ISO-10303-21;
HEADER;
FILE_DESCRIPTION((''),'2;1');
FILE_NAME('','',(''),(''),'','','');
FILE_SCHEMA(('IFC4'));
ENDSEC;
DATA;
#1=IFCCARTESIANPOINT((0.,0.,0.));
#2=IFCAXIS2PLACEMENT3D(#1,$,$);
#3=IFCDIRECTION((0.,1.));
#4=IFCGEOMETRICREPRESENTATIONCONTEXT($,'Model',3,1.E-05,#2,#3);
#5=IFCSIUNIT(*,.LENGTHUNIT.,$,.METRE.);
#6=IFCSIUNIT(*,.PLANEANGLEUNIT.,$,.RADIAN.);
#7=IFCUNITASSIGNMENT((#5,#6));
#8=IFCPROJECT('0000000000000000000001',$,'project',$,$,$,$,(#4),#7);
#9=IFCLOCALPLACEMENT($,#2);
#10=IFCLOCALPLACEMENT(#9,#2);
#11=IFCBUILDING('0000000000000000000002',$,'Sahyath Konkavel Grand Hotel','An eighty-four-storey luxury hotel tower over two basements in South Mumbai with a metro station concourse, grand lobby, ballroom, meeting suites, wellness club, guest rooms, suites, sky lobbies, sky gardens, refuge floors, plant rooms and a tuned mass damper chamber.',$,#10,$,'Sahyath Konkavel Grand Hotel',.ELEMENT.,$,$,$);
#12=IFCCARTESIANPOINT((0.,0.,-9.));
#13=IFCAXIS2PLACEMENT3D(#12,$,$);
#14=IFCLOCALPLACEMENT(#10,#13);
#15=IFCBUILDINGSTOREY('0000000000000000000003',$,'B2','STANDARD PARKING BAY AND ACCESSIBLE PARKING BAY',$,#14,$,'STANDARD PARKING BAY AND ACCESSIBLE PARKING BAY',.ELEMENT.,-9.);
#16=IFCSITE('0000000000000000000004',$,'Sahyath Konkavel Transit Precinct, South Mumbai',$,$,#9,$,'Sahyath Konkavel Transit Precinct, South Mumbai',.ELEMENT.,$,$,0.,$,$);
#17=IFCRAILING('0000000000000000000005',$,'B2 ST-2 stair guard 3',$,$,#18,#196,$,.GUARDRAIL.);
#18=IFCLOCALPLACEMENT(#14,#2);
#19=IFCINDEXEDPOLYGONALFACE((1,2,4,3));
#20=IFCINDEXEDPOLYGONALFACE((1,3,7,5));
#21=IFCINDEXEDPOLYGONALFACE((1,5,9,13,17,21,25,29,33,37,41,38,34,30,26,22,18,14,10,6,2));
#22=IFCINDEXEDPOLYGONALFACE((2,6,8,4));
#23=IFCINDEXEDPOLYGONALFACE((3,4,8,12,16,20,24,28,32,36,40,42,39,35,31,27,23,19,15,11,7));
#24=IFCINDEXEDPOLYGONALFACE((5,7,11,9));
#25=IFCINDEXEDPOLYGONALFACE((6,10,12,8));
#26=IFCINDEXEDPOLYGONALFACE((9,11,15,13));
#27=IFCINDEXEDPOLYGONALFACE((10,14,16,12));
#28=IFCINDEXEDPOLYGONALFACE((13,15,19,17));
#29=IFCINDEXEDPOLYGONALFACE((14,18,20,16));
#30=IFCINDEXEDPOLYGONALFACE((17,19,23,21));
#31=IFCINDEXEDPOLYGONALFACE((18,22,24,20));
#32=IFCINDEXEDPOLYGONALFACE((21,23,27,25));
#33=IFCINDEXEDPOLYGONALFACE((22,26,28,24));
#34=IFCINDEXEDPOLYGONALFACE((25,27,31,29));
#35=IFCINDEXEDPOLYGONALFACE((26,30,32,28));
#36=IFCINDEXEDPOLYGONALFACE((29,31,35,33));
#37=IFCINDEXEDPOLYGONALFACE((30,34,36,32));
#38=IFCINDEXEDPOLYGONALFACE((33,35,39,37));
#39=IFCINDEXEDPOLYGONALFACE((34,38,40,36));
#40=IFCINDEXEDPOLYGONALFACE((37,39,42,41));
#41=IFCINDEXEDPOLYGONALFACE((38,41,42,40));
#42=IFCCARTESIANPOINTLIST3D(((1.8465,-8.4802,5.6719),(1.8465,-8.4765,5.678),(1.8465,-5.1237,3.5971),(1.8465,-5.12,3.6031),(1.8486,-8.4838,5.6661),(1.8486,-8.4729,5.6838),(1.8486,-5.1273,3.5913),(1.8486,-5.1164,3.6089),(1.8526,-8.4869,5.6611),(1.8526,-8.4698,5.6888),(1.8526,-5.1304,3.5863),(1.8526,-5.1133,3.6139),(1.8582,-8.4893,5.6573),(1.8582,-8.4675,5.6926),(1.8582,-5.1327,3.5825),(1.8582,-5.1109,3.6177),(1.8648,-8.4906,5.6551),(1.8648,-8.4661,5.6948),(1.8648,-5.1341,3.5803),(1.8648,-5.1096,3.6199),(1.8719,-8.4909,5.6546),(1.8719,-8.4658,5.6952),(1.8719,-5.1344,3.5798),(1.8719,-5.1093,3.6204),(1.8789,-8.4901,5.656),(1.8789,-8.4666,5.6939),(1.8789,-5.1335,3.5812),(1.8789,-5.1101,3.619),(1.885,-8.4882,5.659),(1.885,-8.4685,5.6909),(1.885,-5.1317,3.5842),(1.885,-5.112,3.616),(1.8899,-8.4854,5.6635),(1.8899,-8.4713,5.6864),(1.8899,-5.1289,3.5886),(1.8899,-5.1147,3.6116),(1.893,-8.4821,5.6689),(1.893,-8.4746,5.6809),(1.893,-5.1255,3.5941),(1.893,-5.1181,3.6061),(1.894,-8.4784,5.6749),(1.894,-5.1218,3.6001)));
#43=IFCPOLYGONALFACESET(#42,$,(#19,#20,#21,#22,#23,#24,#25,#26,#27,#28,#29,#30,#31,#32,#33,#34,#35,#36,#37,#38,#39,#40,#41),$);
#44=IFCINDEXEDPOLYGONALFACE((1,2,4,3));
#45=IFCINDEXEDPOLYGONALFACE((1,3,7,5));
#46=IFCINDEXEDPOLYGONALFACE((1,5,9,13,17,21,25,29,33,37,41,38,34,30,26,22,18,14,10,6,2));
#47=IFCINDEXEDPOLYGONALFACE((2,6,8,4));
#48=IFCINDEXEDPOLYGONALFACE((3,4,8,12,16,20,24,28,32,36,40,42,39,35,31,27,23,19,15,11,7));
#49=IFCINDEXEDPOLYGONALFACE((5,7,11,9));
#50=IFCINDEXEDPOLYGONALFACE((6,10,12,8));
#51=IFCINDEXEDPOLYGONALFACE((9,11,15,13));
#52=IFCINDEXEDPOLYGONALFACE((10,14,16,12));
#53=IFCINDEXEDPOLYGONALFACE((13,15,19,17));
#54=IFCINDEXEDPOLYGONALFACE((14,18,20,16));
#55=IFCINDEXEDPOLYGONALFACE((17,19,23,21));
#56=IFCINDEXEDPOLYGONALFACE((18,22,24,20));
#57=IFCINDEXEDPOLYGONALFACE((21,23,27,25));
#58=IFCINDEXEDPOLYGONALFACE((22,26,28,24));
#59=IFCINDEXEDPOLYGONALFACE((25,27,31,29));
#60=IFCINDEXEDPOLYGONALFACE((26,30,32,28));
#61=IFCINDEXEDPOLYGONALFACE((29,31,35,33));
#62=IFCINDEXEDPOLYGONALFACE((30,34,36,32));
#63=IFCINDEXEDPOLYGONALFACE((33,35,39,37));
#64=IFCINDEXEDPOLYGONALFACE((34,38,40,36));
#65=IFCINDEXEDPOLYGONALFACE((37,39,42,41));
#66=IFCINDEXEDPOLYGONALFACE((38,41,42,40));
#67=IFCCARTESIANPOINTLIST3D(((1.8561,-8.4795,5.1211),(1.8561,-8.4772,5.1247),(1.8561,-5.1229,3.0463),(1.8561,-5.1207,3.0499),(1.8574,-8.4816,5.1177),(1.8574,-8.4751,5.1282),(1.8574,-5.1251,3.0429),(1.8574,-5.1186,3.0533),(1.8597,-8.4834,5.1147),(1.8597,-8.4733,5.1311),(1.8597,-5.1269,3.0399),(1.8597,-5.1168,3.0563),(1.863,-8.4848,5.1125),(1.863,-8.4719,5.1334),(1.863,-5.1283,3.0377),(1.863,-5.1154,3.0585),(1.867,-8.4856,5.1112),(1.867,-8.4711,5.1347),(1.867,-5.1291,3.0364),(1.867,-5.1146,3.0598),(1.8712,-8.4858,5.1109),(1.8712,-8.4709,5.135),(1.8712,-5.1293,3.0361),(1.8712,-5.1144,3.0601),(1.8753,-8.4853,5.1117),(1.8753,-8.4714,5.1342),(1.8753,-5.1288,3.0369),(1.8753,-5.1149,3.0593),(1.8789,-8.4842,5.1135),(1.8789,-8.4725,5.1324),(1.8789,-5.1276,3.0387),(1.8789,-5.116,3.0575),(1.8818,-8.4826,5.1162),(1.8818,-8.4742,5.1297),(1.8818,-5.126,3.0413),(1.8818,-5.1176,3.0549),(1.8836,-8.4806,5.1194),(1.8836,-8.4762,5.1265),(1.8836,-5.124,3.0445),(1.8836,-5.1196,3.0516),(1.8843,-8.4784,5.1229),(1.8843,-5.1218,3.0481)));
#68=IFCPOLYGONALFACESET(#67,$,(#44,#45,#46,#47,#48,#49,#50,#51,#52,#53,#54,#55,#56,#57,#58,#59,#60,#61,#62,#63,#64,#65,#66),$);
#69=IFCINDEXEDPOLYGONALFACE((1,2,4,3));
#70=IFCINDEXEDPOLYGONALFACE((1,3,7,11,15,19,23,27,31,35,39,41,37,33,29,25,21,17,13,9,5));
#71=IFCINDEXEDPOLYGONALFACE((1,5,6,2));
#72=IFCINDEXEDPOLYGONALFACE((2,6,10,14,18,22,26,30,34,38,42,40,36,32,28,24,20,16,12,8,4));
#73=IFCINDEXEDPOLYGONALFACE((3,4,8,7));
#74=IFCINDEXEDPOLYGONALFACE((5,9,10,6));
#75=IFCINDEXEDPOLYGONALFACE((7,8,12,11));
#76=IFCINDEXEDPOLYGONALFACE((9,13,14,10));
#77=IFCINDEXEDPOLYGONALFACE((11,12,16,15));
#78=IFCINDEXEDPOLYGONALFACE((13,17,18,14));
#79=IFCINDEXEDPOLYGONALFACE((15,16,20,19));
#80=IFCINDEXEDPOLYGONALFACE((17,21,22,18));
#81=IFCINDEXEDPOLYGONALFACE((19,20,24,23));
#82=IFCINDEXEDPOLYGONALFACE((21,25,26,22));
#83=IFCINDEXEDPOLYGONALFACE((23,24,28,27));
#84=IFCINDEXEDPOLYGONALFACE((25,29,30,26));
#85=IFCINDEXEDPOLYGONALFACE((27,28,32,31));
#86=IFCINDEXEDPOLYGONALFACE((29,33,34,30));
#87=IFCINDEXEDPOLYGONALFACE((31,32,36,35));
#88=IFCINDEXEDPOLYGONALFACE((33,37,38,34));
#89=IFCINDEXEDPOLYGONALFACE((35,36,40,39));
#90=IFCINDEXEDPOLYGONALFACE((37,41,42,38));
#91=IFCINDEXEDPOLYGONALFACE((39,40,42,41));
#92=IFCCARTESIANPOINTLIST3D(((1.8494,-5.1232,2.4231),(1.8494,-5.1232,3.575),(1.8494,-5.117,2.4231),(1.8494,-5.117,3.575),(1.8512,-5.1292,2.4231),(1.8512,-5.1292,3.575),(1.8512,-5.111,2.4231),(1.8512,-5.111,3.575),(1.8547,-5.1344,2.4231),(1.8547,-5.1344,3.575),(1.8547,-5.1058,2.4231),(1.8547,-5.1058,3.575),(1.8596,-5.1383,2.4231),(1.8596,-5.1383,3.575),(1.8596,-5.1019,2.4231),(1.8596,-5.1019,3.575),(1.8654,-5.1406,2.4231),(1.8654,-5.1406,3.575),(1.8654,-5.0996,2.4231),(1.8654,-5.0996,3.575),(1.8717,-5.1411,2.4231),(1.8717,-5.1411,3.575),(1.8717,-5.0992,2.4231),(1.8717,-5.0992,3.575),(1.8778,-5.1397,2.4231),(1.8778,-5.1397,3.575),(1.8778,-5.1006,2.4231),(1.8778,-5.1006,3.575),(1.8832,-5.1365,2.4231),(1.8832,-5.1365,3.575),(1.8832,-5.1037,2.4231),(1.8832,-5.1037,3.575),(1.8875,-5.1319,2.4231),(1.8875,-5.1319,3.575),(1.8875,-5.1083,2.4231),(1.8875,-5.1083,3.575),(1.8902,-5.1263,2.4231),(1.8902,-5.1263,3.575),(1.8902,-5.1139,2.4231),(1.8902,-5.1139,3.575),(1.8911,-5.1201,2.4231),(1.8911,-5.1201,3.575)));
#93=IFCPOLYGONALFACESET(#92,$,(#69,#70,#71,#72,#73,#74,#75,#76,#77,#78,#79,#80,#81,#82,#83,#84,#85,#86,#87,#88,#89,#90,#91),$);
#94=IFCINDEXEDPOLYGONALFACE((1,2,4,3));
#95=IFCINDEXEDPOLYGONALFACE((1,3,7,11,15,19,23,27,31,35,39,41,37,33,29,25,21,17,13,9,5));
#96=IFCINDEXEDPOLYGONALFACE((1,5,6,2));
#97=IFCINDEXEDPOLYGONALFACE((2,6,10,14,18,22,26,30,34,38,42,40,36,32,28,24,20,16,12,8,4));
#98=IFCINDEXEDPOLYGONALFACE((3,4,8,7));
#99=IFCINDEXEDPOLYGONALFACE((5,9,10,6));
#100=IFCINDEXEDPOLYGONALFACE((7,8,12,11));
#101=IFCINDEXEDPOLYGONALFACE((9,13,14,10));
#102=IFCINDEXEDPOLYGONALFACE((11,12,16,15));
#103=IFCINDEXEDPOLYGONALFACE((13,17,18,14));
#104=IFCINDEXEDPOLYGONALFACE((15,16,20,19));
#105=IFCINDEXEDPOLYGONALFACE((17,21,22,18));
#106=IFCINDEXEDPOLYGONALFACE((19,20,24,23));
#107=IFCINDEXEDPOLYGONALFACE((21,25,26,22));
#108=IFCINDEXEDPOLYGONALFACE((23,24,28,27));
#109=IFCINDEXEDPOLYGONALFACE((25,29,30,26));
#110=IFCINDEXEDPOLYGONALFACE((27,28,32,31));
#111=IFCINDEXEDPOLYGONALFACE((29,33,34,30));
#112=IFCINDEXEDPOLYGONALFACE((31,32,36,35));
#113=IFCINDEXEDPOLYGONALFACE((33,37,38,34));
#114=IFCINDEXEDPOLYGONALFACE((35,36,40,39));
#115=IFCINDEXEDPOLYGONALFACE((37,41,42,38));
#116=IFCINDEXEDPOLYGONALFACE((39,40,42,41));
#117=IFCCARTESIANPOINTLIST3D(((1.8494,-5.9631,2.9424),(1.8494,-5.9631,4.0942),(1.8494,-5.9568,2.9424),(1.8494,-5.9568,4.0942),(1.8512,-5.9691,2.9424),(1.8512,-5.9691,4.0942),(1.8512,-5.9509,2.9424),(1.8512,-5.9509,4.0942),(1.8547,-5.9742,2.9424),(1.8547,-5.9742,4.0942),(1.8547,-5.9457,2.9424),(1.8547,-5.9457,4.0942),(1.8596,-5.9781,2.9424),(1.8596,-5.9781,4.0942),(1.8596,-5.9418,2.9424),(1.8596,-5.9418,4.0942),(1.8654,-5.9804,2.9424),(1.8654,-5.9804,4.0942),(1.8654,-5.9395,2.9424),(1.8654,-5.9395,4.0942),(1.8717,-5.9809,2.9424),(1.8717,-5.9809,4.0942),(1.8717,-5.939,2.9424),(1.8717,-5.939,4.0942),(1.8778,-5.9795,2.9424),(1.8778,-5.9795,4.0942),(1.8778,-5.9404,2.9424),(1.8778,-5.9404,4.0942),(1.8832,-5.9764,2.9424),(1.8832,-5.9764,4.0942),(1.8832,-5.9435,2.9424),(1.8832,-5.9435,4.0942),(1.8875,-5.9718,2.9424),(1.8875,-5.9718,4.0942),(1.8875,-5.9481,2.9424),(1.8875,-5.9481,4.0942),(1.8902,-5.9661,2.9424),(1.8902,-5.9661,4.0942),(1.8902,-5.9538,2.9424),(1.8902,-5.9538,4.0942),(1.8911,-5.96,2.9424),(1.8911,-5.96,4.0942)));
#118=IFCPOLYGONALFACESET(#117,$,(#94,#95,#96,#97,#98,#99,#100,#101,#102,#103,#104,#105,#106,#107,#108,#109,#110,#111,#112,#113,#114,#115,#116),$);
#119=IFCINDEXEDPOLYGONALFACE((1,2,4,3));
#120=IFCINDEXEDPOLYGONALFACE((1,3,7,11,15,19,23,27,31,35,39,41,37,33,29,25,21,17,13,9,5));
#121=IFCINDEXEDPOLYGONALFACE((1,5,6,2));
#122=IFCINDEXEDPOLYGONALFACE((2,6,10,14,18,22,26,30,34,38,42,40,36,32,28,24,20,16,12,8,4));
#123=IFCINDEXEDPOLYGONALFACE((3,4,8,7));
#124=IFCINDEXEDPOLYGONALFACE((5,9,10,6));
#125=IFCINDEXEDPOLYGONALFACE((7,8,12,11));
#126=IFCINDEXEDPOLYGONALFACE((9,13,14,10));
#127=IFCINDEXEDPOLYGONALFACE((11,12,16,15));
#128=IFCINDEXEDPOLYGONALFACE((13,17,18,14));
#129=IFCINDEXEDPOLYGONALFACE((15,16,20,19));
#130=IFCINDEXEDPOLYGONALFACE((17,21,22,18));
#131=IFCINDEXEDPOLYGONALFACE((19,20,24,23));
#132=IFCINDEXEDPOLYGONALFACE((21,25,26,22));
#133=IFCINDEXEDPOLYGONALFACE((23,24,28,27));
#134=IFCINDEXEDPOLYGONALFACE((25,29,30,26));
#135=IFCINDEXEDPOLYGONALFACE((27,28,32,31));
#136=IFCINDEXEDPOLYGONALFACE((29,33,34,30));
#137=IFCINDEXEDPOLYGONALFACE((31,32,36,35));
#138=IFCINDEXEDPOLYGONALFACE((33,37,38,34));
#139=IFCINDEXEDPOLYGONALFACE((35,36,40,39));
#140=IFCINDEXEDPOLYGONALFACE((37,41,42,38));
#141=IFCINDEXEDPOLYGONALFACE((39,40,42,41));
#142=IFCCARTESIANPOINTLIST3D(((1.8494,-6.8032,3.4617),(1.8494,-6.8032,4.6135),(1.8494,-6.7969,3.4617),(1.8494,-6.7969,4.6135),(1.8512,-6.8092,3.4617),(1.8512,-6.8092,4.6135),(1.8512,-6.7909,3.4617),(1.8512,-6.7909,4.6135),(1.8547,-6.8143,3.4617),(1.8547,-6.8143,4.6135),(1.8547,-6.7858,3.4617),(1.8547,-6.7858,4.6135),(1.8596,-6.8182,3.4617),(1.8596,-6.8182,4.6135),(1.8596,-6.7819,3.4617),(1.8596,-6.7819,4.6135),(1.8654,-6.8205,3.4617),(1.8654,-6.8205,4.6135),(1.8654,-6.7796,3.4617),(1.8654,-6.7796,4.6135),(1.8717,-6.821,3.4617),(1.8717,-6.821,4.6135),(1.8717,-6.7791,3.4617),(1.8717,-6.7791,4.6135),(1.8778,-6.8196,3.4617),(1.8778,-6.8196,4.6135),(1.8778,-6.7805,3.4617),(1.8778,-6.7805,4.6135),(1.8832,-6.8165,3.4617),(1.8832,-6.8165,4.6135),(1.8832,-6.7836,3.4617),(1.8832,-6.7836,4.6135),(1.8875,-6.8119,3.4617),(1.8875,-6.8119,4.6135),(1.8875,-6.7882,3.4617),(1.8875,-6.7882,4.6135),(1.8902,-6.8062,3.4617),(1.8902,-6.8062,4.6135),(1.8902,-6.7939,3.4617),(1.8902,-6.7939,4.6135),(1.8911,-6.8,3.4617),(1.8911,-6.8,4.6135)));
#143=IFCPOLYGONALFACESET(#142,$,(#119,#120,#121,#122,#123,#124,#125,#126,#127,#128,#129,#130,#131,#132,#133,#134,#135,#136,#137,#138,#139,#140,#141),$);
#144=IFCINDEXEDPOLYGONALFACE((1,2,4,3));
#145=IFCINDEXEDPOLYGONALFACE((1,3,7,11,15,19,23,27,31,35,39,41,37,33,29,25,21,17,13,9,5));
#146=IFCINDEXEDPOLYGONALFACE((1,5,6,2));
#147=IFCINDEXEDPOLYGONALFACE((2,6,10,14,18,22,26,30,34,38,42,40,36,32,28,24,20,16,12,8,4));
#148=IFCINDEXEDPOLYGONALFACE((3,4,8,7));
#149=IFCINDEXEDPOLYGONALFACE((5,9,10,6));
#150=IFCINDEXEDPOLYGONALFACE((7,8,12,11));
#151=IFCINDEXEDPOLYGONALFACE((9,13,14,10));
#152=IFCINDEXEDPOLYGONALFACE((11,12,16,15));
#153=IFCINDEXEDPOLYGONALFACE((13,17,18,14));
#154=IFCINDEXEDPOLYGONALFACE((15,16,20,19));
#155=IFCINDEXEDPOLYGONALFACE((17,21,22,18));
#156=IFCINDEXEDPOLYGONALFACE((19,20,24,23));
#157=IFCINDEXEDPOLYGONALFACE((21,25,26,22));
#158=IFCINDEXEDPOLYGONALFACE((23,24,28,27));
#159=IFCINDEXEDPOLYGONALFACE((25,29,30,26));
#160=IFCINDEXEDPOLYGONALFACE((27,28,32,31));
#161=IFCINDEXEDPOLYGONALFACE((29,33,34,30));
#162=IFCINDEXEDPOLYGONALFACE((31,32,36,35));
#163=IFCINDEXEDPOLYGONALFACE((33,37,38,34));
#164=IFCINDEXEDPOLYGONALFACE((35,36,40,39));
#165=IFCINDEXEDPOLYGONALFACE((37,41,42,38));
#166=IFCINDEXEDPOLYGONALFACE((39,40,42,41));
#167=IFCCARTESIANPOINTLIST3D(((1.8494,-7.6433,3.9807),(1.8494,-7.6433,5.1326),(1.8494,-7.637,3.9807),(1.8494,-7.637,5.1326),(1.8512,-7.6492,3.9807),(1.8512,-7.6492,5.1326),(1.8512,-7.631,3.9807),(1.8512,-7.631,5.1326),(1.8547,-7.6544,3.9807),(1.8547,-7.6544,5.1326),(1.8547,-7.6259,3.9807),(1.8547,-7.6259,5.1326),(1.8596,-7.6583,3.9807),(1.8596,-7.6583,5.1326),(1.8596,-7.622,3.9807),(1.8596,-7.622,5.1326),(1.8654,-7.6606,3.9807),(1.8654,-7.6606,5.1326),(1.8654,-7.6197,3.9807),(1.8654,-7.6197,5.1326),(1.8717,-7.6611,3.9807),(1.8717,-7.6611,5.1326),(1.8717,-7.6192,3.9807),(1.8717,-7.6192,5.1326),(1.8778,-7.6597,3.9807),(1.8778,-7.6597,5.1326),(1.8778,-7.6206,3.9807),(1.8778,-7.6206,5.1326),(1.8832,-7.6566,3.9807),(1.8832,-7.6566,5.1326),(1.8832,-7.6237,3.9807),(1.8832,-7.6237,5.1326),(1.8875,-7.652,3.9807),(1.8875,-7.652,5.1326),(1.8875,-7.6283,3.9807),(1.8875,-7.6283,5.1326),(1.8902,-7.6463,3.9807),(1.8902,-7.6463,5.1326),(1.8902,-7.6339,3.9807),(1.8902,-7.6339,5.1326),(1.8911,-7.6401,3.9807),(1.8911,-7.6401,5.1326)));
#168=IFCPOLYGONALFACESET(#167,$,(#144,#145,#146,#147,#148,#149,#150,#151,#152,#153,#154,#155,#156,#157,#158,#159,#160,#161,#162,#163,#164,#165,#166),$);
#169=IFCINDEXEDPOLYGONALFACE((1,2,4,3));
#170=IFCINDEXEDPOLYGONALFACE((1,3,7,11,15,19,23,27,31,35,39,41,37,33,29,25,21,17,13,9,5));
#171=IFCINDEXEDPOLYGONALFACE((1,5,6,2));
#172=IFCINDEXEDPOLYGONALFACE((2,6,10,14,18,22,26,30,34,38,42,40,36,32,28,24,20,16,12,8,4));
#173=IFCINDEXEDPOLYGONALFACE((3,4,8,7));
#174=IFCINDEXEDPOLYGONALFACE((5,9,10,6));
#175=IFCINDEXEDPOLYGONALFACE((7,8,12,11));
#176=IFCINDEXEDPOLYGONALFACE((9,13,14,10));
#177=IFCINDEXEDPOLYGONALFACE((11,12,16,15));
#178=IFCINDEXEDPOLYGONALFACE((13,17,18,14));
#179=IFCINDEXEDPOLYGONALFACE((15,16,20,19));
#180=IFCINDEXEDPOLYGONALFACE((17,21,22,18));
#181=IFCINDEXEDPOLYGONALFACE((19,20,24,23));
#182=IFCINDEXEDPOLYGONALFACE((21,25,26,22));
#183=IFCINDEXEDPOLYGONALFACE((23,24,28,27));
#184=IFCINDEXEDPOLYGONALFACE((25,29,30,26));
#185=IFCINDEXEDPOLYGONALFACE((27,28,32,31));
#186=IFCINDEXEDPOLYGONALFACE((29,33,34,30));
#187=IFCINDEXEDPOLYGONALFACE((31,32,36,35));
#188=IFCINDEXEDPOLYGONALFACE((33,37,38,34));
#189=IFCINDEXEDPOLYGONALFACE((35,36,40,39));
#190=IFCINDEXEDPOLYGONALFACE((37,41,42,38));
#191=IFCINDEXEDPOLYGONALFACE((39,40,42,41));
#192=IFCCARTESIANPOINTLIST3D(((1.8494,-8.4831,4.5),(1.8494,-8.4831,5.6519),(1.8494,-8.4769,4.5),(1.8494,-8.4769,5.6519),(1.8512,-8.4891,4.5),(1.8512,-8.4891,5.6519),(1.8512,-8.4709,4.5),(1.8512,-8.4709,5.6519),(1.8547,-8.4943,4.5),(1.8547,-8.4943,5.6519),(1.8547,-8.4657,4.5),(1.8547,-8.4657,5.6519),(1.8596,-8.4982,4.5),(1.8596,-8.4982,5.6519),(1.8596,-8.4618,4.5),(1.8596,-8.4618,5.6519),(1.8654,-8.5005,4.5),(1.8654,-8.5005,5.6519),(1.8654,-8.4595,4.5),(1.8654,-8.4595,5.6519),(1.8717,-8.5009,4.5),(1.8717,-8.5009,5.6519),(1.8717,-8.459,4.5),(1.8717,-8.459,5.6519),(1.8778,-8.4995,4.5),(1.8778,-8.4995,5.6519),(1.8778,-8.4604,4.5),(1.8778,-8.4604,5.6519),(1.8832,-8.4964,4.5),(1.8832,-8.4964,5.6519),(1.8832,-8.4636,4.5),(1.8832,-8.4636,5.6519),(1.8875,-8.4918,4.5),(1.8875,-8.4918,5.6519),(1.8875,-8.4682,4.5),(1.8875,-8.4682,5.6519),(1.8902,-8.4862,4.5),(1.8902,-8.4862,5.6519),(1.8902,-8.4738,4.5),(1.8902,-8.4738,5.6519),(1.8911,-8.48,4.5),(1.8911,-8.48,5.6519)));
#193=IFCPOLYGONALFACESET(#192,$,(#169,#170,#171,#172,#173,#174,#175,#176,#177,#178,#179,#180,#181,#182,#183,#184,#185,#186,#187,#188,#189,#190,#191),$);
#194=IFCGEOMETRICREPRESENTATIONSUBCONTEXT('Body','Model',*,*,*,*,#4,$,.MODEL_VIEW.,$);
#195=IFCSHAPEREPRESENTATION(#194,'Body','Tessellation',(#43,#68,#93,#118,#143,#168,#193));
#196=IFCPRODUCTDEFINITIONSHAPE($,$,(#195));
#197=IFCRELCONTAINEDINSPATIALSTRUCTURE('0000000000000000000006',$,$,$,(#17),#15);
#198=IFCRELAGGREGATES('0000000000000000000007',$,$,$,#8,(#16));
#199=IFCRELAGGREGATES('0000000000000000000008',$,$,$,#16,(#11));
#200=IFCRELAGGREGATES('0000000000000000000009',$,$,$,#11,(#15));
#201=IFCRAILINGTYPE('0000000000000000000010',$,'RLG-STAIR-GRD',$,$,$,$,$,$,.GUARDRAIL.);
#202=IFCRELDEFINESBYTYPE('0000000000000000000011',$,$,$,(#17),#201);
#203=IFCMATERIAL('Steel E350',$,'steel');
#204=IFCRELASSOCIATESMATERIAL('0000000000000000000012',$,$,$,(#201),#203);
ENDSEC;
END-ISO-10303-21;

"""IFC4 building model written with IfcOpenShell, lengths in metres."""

from ifc_helpers import new_model, si_unit, direction, frame, origin, origin_2d, place, context, subcontext, project, spatial, circle, extrude, material, type_object, element, save


model = new_model("IFC4")

# Units and contexts
model_context = context("Model", 3, precision=1e-05, world=origin(), true_north=direction((0.0, 1.0)))
body_context = subcontext(model_context, "Body", "Model", "MODEL_VIEW")
ifc_project = project(units=[si_unit("LENGTHUNIT", "METRE"), si_unit("PLANEANGLEUNIT", "RADIAN")], contexts=[model_context])

# Site, building, storey
site_placement = place(None, origin())
site = spatial("IfcSite", under=ifc_project, at=site_placement, Name="Sahyath Konkavel Transit Precinct, South Mumbai", LongName="Sahyath Konkavel Transit Precinct, South Mumbai", CompositionType="ELEMENT", RefElevation=0.0)
building_placement = place(site_placement, origin())
building = spatial("IfcBuilding", under=site, at=building_placement, Name="Sahyath Konkavel Grand Hotel", Description="An eighty-four-storey luxury hotel tower over two basements in South Mumbai with a metro station concourse, grand lobby, ballroom, meeting suites, wellness club, guest rooms, suites, sky lobbies, sky gardens, refuge floors, plant rooms and a tuned mass damper chamber.", LongName="Sahyath Konkavel Grand Hotel", CompositionType="ELEMENT")
storey_placement = place(building_placement, frame((0.0, 0.0, -9.0)))
storey = spatial("IfcBuildingStorey", under=building, at=storey_placement, Name="B2", Description="STANDARD PARKING BAY AND ACCESSIBLE PARKING BAY", LongName="STANDARD PARKING BAY AND ACCESSIBLE PARKING BAY", CompositionType="ELEMENT", Elevation=-9.0)

# Shared definitions
ifc_material_1 = material(Name="Steel E350", Category="steel")

# Railing
railing_type = type_object("IfcRailingType", Name="RLG-STAIR-GRD", PredefinedType="GUARDRAIL", material=ifc_material_1)
railing_1_placement = place(storey_placement, frame((1.8701, -5.1201, 2.4231)))
element("IfcRailing", 1, at=railing_1_placement, inside=storey, type_object=railing_type, Name="B2 ST-2 stair guard 3", PredefinedType="GUARDRAIL", context=body_context, shape_type="SweptSolid", body=[
    extrude(circle(Radius=0.0239, at=origin_2d()), frame((0.0, -0.0017, 1.177), z_axis=(0.0, -0.850606, 0.525803), x_axis=(1.0, 0.0, 0.0)), (0.0, 0.0, 1.0), 3.946),
    extrude(circle(Radius=0.0142, at=origin_2d()), frame((0.0, -0.0017, 0.625), z_axis=(0.0, -0.850606, 0.525803), x_axis=(1.0, 0.0, 0.0)), (0.0, 0.0, 1.0), 3.946),
    extrude(circle(Radius=0.021, at=origin_2d()), origin(), (0.0, 0.0, 1.0), 1.1519),
    extrude(circle(Radius=0.021, at=origin_2d()), frame((0.0, -0.8398, 0.5193)), (0.0, 0.0, 1.0), 1.1519),
    extrude(circle(Radius=0.021, at=origin_2d()), frame((0.0, -1.6799, 1.0386)), (0.0, 0.0, 1.0), 1.1519),
    extrude(circle(Radius=0.021, at=origin_2d()), frame((0.0, -2.52, 1.5576)), (0.0, 0.0, 1.0), 1.1519),
    extrude(circle(Radius=0.021, at=origin_2d()), frame((0.0, -3.3599, 2.0769)), (0.0, 0.0, 1.0), 1.1519),
])

save(model, "model.ifc")
